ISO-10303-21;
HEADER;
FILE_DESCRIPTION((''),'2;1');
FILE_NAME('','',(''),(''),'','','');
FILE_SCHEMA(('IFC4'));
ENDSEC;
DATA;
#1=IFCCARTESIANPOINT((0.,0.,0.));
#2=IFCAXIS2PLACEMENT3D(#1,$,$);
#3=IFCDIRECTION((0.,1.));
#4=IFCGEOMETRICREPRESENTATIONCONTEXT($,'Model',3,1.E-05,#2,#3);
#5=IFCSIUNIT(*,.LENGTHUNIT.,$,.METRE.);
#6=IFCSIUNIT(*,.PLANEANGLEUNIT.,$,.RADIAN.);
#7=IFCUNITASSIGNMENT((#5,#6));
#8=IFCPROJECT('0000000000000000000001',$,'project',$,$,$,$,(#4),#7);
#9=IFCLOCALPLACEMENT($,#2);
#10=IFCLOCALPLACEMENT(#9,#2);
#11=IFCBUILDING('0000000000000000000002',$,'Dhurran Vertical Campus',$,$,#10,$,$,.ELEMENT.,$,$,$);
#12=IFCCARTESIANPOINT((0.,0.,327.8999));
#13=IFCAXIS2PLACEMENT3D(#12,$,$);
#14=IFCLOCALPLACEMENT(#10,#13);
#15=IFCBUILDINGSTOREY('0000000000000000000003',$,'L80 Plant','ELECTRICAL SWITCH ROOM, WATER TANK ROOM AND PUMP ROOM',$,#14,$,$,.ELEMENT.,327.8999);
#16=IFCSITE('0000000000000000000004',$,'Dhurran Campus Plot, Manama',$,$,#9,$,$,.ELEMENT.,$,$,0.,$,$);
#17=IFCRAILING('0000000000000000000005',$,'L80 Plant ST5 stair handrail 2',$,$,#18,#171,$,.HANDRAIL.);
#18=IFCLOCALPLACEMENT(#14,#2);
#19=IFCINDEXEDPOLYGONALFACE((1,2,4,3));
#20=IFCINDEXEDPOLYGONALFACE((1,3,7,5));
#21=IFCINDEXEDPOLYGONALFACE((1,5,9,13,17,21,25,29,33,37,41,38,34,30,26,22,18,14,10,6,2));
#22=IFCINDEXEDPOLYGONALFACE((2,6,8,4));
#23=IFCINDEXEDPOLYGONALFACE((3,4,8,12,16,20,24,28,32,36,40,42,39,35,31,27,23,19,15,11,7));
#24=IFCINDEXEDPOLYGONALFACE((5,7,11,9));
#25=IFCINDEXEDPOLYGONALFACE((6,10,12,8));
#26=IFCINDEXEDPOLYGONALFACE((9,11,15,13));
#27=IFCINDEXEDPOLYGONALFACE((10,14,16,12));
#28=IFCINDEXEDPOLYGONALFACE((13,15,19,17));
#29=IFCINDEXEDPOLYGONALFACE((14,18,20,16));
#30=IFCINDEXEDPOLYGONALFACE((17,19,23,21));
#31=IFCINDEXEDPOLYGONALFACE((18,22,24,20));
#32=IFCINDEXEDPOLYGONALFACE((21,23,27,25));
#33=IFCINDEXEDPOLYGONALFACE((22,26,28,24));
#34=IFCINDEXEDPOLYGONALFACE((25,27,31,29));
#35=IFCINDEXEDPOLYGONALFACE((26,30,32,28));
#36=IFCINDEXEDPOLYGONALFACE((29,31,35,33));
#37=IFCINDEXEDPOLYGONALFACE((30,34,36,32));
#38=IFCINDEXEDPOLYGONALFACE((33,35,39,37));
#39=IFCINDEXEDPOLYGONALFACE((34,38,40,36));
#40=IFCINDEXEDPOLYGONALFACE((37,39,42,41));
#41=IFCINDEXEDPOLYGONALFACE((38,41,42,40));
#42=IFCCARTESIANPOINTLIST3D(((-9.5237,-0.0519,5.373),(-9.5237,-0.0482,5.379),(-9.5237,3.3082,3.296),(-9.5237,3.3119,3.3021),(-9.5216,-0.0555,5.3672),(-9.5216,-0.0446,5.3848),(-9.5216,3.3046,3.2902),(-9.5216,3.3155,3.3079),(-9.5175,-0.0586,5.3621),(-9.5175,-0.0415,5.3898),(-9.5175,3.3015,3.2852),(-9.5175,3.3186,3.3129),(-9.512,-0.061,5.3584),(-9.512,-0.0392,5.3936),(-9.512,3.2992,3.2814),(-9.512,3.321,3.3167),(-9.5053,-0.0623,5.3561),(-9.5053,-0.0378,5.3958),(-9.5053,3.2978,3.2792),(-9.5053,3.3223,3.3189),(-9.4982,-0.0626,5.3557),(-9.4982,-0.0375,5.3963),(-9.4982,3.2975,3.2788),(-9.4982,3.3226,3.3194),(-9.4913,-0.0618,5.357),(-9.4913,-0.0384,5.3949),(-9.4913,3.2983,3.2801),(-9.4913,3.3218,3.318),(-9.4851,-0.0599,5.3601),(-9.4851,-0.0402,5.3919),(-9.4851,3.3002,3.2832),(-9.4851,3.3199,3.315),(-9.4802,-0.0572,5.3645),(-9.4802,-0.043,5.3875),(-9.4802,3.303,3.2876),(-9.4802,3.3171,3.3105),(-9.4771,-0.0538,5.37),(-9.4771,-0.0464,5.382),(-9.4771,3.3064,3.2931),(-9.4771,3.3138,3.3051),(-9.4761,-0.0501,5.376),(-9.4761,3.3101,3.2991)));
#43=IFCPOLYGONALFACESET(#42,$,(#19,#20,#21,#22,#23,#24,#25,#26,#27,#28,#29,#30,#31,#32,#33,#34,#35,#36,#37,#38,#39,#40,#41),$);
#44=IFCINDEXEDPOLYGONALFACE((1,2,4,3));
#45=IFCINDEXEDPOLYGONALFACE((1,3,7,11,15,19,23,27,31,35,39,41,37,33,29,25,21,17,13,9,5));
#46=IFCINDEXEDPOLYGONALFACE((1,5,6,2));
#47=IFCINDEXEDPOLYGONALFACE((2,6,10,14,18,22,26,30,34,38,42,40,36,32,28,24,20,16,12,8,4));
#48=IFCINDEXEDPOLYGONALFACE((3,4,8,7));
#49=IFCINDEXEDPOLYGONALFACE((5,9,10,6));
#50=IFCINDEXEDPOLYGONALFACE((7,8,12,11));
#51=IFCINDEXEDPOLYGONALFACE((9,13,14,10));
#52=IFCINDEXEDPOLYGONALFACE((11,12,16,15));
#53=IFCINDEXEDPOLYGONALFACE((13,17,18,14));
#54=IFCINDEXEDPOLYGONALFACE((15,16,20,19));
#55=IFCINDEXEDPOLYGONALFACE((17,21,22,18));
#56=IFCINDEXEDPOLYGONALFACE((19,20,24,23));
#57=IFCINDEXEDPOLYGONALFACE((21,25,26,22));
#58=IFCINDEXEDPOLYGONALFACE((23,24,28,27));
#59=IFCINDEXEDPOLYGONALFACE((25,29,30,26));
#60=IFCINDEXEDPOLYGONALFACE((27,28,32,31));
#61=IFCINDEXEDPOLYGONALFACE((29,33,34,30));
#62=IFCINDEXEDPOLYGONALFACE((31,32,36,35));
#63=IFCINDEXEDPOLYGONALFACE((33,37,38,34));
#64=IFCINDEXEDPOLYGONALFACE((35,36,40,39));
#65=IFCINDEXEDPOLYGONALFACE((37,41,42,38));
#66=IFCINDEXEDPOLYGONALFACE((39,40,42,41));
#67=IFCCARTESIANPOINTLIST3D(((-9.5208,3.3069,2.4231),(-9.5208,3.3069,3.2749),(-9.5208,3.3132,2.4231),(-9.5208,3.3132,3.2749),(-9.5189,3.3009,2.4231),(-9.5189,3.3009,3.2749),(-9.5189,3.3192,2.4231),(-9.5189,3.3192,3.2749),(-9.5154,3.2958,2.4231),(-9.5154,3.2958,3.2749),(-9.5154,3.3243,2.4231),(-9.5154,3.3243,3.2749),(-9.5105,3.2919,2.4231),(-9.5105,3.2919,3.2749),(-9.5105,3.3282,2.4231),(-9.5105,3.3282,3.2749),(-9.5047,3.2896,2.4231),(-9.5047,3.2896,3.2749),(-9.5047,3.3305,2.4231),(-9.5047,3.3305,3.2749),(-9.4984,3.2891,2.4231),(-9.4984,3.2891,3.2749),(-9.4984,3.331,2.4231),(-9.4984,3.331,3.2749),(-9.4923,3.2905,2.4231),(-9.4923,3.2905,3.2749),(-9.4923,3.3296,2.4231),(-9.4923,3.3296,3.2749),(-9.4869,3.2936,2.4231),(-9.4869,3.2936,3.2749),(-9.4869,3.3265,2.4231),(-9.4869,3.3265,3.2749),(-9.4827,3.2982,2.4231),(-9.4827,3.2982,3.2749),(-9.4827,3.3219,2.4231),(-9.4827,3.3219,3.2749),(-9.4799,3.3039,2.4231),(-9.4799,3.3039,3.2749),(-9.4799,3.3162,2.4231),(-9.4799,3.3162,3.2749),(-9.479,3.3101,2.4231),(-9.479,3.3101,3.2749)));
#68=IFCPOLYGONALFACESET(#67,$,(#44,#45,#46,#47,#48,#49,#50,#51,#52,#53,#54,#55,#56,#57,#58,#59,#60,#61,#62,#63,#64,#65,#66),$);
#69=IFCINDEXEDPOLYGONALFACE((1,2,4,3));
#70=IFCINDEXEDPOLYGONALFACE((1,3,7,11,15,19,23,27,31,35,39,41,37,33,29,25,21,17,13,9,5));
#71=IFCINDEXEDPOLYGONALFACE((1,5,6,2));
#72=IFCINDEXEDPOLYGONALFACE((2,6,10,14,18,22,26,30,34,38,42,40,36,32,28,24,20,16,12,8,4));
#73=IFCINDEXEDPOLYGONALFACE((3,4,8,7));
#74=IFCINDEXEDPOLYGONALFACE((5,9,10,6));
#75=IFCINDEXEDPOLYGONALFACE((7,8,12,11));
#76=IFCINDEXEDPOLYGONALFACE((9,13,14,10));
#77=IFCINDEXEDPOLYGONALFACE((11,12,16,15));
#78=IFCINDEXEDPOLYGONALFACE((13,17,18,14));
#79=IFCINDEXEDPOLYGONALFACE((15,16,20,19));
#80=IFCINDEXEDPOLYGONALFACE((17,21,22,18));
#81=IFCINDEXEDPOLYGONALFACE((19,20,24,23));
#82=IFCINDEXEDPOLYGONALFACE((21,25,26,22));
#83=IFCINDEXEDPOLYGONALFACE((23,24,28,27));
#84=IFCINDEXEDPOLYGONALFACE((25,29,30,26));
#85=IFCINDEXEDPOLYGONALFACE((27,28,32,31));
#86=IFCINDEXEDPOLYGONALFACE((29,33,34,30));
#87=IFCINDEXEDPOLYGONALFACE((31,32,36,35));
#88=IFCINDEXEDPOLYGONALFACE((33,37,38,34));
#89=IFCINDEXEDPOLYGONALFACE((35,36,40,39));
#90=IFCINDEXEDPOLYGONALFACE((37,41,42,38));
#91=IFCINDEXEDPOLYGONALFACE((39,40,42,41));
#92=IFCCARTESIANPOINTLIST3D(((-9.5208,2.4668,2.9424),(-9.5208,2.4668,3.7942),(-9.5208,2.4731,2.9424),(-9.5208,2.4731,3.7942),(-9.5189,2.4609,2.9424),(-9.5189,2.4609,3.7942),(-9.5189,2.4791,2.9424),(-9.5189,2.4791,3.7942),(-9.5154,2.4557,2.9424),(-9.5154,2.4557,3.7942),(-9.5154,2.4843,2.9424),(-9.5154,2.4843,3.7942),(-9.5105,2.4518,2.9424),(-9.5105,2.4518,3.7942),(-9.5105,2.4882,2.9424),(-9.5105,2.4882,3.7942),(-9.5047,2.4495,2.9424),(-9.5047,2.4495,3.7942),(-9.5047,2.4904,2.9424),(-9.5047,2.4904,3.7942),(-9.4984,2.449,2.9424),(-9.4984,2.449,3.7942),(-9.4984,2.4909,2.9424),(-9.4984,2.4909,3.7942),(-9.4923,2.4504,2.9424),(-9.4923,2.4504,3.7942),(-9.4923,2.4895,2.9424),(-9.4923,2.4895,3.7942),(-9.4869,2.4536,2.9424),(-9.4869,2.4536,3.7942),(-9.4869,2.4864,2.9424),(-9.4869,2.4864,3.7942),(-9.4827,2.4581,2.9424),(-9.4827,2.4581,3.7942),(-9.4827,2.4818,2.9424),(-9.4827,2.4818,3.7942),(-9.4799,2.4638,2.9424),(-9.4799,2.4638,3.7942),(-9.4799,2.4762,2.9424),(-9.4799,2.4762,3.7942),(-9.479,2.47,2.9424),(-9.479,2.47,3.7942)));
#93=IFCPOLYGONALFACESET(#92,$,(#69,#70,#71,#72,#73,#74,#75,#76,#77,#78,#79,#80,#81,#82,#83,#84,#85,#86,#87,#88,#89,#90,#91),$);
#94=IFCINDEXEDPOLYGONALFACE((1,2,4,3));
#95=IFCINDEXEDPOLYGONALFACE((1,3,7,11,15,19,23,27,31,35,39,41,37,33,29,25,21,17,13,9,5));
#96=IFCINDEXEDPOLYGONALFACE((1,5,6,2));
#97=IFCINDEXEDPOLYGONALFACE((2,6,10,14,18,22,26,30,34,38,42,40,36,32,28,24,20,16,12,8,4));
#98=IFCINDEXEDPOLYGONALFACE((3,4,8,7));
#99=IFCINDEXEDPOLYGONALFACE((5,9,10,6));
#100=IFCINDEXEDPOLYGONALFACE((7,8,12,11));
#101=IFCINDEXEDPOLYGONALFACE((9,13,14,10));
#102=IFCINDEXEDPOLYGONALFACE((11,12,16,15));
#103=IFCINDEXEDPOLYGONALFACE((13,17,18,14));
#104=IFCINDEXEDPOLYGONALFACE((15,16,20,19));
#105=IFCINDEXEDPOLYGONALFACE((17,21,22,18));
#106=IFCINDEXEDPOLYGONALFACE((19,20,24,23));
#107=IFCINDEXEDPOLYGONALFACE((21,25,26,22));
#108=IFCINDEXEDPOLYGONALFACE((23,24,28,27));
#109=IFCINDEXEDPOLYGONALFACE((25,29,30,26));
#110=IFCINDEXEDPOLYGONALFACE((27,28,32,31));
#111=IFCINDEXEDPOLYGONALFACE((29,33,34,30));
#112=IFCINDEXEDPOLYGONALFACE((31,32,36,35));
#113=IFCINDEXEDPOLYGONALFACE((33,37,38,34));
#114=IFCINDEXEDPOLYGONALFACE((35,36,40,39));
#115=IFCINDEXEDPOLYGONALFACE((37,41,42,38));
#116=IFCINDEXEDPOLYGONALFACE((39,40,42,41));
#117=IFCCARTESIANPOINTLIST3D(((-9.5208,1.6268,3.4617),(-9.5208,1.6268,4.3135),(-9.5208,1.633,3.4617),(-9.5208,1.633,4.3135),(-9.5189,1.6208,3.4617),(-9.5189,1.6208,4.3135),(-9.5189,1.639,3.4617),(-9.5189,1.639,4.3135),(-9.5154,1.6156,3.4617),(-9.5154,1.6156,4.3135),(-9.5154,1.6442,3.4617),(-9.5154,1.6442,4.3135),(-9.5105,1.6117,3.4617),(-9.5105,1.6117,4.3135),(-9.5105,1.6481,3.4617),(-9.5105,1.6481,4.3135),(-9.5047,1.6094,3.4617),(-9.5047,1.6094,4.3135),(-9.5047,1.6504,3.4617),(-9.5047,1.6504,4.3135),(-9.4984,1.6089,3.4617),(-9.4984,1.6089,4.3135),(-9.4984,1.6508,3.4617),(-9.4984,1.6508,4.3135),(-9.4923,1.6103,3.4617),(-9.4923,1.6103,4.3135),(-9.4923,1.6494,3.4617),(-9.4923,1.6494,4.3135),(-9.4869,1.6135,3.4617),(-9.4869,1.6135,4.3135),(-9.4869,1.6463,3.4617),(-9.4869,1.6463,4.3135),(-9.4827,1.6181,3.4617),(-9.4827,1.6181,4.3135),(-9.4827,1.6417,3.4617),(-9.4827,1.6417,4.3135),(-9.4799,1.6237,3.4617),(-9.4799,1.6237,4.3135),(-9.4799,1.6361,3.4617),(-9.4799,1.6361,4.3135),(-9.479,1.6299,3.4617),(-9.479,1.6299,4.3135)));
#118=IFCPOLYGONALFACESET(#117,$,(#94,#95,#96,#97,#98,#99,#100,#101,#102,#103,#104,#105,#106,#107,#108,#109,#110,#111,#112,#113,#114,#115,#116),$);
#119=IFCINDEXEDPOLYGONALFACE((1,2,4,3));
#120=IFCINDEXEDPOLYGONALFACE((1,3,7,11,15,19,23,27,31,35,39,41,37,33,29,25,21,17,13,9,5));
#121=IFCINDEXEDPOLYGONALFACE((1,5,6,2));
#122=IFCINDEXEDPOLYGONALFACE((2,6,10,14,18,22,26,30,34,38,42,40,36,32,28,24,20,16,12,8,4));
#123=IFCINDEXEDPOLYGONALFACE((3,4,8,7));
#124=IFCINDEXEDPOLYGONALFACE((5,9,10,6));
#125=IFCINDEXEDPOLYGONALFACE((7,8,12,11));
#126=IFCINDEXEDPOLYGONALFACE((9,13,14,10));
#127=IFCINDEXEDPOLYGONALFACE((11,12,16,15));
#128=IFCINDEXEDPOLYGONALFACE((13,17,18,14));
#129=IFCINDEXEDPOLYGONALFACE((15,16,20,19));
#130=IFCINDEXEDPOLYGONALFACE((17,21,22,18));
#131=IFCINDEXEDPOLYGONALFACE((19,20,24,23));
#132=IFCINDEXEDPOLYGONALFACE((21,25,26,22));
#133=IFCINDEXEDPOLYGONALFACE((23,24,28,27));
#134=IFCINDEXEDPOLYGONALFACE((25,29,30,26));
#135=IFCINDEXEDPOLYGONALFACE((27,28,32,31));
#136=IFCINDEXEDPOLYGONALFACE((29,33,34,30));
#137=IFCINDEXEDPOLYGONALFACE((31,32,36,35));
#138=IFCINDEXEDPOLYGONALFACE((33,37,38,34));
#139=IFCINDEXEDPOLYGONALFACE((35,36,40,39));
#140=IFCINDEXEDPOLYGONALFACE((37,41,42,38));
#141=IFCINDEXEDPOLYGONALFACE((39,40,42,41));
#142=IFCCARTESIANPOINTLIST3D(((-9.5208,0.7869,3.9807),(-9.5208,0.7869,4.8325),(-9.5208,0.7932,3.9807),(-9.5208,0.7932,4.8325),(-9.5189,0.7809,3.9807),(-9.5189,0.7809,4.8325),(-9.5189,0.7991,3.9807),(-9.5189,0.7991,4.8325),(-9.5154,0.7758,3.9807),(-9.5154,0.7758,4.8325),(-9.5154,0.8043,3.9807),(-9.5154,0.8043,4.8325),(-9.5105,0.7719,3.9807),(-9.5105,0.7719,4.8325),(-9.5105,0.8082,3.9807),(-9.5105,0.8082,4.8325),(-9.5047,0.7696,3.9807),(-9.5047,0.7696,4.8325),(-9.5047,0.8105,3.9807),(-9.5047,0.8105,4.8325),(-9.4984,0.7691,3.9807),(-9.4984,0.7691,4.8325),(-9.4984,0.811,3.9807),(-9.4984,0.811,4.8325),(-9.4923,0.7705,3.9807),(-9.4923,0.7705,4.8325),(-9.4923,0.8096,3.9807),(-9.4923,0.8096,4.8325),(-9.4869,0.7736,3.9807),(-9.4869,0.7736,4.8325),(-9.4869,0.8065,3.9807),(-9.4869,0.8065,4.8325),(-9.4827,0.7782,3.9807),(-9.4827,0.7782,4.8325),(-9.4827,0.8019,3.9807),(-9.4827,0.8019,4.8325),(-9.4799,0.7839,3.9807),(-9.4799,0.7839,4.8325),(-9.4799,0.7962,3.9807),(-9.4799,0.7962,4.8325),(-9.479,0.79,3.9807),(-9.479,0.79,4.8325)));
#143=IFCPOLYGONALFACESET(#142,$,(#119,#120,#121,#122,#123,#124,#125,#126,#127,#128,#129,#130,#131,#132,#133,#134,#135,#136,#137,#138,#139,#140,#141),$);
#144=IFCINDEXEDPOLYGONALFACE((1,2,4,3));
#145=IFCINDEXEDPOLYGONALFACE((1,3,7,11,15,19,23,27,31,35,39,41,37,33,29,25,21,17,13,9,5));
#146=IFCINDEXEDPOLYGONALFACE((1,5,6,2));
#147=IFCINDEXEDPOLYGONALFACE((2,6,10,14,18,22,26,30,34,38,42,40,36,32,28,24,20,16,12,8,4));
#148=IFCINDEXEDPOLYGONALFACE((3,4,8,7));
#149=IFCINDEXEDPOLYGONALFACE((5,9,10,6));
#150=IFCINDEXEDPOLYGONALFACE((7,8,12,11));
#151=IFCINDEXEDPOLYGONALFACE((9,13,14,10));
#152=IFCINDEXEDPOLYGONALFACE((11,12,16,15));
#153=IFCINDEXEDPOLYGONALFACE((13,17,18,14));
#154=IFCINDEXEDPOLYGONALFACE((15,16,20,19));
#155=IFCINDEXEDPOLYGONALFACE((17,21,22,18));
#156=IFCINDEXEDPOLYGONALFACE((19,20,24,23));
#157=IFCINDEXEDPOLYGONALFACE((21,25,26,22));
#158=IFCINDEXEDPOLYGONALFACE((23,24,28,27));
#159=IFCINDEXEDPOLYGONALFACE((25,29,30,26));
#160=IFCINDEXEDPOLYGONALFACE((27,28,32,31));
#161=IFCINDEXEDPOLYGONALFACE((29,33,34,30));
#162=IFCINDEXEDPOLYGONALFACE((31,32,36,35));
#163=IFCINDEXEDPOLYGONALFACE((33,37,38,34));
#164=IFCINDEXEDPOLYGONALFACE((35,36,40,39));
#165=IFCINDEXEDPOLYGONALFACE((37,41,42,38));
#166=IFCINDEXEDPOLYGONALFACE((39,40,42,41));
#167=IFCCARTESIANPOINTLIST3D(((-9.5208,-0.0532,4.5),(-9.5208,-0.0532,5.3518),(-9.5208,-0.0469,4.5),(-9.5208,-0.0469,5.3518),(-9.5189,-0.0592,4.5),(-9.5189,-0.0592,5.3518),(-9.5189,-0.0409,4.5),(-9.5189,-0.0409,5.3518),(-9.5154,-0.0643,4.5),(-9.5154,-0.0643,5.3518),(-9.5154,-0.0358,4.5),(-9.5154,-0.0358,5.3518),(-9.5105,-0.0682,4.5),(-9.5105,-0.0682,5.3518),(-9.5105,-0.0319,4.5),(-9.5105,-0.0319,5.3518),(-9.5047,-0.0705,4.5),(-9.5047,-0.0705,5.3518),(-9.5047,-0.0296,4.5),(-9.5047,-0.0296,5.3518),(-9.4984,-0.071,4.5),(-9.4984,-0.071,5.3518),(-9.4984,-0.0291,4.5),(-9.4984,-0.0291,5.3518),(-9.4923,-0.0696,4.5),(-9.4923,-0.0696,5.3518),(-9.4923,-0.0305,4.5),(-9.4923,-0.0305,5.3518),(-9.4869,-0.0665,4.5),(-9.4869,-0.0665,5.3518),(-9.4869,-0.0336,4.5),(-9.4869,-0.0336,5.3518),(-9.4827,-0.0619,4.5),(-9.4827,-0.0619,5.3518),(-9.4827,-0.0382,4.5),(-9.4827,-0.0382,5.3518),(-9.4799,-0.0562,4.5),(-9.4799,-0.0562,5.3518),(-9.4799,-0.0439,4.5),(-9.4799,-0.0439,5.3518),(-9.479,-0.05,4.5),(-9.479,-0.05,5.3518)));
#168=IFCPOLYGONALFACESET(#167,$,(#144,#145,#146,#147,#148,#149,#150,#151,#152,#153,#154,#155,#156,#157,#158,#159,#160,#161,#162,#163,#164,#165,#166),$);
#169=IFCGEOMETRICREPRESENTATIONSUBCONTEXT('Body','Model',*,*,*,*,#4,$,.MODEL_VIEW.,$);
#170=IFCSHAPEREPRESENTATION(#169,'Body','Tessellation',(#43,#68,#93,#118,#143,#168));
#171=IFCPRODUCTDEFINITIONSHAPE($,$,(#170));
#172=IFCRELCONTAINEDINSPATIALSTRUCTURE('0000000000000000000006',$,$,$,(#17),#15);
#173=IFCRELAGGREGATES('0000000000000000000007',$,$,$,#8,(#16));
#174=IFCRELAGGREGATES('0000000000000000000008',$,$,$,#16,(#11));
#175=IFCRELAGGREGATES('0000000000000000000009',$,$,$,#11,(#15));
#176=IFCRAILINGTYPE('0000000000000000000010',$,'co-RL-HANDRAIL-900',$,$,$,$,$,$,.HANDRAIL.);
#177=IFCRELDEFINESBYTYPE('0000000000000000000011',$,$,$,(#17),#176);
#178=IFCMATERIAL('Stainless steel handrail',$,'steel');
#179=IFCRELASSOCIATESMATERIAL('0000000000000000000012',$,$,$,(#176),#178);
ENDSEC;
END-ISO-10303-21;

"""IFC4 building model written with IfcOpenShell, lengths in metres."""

from ifc_helpers import new_model, si_unit, direction, frame, origin, origin_2d, place, context, subcontext, project, spatial, circle, extrude, material, type_object, element, save


model = new_model("IFC4")

# Units and contexts
model_context = context("Model", 3, precision=1e-05, world=origin(), true_north=direction((0.0, 1.0)))
body_context = subcontext(model_context, "Body", "Model", "MODEL_VIEW")
ifc_project = project(units=[si_unit("LENGTHUNIT", "METRE"), si_unit("PLANEANGLEUNIT", "RADIAN")], contexts=[model_context])

# Site, building, storey
site_placement = place(None, origin())
site = spatial("IfcSite", under=ifc_project, at=site_placement, Name="Dhurran Campus Plot, Manama", CompositionType="ELEMENT", RefElevation=0.0)
building_placement = place(site_placement, origin())
building = spatial("IfcBuilding", under=site, at=building_placement, Name="Dhurran Vertical Campus", CompositionType="ELEMENT")
storey_placement = place(building_placement, frame((0.0, 0.0, 327.8999)))
storey = spatial("IfcBuildingStorey", under=building, at=storey_placement, Name="L80 Plant", Description="ELECTRICAL SWITCH ROOM, WATER TANK ROOM AND PUMP ROOM", CompositionType="ELEMENT", Elevation=327.8999)

# Railing
ifc_material_1 = material(Name="Stainless steel handrail", Category="steel")
railing_type = type_object("IfcRailingType", Name="co-RL-HANDRAIL-900", PredefinedType="HANDRAIL", material=ifc_material_1)
railing_placement = place(storey_placement, frame((-9.5, 3.3101, 2.4231)))
element("IfcRailing", 1, at=railing_placement, inside=storey, type_object=railing_type, Name="L80 Plant ST5 stair handrail 2", PredefinedType="HANDRAIL", context=body_context, shape_type="SweptSolid", body=[
    extrude(circle(Radius=0.0239, at=origin_2d()), frame((0.0, 0.0, 0.876), z_axis=(0.0, -0.850623, 0.525776), x_axis=(1.0, 0.0, 0.0)), (0.0, 0.0, 1.0), 3.9502),
    extrude(circle(Radius=0.021, at=origin_2d()), origin(), (0.0, 0.0, 1.0), 0.8518),
    extrude(circle(Radius=0.021, at=origin_2d()), frame((0.0, -0.8401, 0.5193)), (0.0, 0.0, 1.0), 0.8518),
    extrude(circle(Radius=0.021, at=origin_2d()), frame((0.0, -1.6802, 1.0386)), (0.0, 0.0, 1.0), 0.8518),
    extrude(circle(Radius=0.021, at=origin_2d()), frame((0.0, -2.52, 1.5576)), (0.0, 0.0, 1.0), 0.8518),
    extrude(circle(Radius=0.021, at=origin_2d()), frame((0.0, -3.3601, 2.0769)), (0.0, 0.0, 1.0), 0.8518),
])

save(model, "model.ifc")
